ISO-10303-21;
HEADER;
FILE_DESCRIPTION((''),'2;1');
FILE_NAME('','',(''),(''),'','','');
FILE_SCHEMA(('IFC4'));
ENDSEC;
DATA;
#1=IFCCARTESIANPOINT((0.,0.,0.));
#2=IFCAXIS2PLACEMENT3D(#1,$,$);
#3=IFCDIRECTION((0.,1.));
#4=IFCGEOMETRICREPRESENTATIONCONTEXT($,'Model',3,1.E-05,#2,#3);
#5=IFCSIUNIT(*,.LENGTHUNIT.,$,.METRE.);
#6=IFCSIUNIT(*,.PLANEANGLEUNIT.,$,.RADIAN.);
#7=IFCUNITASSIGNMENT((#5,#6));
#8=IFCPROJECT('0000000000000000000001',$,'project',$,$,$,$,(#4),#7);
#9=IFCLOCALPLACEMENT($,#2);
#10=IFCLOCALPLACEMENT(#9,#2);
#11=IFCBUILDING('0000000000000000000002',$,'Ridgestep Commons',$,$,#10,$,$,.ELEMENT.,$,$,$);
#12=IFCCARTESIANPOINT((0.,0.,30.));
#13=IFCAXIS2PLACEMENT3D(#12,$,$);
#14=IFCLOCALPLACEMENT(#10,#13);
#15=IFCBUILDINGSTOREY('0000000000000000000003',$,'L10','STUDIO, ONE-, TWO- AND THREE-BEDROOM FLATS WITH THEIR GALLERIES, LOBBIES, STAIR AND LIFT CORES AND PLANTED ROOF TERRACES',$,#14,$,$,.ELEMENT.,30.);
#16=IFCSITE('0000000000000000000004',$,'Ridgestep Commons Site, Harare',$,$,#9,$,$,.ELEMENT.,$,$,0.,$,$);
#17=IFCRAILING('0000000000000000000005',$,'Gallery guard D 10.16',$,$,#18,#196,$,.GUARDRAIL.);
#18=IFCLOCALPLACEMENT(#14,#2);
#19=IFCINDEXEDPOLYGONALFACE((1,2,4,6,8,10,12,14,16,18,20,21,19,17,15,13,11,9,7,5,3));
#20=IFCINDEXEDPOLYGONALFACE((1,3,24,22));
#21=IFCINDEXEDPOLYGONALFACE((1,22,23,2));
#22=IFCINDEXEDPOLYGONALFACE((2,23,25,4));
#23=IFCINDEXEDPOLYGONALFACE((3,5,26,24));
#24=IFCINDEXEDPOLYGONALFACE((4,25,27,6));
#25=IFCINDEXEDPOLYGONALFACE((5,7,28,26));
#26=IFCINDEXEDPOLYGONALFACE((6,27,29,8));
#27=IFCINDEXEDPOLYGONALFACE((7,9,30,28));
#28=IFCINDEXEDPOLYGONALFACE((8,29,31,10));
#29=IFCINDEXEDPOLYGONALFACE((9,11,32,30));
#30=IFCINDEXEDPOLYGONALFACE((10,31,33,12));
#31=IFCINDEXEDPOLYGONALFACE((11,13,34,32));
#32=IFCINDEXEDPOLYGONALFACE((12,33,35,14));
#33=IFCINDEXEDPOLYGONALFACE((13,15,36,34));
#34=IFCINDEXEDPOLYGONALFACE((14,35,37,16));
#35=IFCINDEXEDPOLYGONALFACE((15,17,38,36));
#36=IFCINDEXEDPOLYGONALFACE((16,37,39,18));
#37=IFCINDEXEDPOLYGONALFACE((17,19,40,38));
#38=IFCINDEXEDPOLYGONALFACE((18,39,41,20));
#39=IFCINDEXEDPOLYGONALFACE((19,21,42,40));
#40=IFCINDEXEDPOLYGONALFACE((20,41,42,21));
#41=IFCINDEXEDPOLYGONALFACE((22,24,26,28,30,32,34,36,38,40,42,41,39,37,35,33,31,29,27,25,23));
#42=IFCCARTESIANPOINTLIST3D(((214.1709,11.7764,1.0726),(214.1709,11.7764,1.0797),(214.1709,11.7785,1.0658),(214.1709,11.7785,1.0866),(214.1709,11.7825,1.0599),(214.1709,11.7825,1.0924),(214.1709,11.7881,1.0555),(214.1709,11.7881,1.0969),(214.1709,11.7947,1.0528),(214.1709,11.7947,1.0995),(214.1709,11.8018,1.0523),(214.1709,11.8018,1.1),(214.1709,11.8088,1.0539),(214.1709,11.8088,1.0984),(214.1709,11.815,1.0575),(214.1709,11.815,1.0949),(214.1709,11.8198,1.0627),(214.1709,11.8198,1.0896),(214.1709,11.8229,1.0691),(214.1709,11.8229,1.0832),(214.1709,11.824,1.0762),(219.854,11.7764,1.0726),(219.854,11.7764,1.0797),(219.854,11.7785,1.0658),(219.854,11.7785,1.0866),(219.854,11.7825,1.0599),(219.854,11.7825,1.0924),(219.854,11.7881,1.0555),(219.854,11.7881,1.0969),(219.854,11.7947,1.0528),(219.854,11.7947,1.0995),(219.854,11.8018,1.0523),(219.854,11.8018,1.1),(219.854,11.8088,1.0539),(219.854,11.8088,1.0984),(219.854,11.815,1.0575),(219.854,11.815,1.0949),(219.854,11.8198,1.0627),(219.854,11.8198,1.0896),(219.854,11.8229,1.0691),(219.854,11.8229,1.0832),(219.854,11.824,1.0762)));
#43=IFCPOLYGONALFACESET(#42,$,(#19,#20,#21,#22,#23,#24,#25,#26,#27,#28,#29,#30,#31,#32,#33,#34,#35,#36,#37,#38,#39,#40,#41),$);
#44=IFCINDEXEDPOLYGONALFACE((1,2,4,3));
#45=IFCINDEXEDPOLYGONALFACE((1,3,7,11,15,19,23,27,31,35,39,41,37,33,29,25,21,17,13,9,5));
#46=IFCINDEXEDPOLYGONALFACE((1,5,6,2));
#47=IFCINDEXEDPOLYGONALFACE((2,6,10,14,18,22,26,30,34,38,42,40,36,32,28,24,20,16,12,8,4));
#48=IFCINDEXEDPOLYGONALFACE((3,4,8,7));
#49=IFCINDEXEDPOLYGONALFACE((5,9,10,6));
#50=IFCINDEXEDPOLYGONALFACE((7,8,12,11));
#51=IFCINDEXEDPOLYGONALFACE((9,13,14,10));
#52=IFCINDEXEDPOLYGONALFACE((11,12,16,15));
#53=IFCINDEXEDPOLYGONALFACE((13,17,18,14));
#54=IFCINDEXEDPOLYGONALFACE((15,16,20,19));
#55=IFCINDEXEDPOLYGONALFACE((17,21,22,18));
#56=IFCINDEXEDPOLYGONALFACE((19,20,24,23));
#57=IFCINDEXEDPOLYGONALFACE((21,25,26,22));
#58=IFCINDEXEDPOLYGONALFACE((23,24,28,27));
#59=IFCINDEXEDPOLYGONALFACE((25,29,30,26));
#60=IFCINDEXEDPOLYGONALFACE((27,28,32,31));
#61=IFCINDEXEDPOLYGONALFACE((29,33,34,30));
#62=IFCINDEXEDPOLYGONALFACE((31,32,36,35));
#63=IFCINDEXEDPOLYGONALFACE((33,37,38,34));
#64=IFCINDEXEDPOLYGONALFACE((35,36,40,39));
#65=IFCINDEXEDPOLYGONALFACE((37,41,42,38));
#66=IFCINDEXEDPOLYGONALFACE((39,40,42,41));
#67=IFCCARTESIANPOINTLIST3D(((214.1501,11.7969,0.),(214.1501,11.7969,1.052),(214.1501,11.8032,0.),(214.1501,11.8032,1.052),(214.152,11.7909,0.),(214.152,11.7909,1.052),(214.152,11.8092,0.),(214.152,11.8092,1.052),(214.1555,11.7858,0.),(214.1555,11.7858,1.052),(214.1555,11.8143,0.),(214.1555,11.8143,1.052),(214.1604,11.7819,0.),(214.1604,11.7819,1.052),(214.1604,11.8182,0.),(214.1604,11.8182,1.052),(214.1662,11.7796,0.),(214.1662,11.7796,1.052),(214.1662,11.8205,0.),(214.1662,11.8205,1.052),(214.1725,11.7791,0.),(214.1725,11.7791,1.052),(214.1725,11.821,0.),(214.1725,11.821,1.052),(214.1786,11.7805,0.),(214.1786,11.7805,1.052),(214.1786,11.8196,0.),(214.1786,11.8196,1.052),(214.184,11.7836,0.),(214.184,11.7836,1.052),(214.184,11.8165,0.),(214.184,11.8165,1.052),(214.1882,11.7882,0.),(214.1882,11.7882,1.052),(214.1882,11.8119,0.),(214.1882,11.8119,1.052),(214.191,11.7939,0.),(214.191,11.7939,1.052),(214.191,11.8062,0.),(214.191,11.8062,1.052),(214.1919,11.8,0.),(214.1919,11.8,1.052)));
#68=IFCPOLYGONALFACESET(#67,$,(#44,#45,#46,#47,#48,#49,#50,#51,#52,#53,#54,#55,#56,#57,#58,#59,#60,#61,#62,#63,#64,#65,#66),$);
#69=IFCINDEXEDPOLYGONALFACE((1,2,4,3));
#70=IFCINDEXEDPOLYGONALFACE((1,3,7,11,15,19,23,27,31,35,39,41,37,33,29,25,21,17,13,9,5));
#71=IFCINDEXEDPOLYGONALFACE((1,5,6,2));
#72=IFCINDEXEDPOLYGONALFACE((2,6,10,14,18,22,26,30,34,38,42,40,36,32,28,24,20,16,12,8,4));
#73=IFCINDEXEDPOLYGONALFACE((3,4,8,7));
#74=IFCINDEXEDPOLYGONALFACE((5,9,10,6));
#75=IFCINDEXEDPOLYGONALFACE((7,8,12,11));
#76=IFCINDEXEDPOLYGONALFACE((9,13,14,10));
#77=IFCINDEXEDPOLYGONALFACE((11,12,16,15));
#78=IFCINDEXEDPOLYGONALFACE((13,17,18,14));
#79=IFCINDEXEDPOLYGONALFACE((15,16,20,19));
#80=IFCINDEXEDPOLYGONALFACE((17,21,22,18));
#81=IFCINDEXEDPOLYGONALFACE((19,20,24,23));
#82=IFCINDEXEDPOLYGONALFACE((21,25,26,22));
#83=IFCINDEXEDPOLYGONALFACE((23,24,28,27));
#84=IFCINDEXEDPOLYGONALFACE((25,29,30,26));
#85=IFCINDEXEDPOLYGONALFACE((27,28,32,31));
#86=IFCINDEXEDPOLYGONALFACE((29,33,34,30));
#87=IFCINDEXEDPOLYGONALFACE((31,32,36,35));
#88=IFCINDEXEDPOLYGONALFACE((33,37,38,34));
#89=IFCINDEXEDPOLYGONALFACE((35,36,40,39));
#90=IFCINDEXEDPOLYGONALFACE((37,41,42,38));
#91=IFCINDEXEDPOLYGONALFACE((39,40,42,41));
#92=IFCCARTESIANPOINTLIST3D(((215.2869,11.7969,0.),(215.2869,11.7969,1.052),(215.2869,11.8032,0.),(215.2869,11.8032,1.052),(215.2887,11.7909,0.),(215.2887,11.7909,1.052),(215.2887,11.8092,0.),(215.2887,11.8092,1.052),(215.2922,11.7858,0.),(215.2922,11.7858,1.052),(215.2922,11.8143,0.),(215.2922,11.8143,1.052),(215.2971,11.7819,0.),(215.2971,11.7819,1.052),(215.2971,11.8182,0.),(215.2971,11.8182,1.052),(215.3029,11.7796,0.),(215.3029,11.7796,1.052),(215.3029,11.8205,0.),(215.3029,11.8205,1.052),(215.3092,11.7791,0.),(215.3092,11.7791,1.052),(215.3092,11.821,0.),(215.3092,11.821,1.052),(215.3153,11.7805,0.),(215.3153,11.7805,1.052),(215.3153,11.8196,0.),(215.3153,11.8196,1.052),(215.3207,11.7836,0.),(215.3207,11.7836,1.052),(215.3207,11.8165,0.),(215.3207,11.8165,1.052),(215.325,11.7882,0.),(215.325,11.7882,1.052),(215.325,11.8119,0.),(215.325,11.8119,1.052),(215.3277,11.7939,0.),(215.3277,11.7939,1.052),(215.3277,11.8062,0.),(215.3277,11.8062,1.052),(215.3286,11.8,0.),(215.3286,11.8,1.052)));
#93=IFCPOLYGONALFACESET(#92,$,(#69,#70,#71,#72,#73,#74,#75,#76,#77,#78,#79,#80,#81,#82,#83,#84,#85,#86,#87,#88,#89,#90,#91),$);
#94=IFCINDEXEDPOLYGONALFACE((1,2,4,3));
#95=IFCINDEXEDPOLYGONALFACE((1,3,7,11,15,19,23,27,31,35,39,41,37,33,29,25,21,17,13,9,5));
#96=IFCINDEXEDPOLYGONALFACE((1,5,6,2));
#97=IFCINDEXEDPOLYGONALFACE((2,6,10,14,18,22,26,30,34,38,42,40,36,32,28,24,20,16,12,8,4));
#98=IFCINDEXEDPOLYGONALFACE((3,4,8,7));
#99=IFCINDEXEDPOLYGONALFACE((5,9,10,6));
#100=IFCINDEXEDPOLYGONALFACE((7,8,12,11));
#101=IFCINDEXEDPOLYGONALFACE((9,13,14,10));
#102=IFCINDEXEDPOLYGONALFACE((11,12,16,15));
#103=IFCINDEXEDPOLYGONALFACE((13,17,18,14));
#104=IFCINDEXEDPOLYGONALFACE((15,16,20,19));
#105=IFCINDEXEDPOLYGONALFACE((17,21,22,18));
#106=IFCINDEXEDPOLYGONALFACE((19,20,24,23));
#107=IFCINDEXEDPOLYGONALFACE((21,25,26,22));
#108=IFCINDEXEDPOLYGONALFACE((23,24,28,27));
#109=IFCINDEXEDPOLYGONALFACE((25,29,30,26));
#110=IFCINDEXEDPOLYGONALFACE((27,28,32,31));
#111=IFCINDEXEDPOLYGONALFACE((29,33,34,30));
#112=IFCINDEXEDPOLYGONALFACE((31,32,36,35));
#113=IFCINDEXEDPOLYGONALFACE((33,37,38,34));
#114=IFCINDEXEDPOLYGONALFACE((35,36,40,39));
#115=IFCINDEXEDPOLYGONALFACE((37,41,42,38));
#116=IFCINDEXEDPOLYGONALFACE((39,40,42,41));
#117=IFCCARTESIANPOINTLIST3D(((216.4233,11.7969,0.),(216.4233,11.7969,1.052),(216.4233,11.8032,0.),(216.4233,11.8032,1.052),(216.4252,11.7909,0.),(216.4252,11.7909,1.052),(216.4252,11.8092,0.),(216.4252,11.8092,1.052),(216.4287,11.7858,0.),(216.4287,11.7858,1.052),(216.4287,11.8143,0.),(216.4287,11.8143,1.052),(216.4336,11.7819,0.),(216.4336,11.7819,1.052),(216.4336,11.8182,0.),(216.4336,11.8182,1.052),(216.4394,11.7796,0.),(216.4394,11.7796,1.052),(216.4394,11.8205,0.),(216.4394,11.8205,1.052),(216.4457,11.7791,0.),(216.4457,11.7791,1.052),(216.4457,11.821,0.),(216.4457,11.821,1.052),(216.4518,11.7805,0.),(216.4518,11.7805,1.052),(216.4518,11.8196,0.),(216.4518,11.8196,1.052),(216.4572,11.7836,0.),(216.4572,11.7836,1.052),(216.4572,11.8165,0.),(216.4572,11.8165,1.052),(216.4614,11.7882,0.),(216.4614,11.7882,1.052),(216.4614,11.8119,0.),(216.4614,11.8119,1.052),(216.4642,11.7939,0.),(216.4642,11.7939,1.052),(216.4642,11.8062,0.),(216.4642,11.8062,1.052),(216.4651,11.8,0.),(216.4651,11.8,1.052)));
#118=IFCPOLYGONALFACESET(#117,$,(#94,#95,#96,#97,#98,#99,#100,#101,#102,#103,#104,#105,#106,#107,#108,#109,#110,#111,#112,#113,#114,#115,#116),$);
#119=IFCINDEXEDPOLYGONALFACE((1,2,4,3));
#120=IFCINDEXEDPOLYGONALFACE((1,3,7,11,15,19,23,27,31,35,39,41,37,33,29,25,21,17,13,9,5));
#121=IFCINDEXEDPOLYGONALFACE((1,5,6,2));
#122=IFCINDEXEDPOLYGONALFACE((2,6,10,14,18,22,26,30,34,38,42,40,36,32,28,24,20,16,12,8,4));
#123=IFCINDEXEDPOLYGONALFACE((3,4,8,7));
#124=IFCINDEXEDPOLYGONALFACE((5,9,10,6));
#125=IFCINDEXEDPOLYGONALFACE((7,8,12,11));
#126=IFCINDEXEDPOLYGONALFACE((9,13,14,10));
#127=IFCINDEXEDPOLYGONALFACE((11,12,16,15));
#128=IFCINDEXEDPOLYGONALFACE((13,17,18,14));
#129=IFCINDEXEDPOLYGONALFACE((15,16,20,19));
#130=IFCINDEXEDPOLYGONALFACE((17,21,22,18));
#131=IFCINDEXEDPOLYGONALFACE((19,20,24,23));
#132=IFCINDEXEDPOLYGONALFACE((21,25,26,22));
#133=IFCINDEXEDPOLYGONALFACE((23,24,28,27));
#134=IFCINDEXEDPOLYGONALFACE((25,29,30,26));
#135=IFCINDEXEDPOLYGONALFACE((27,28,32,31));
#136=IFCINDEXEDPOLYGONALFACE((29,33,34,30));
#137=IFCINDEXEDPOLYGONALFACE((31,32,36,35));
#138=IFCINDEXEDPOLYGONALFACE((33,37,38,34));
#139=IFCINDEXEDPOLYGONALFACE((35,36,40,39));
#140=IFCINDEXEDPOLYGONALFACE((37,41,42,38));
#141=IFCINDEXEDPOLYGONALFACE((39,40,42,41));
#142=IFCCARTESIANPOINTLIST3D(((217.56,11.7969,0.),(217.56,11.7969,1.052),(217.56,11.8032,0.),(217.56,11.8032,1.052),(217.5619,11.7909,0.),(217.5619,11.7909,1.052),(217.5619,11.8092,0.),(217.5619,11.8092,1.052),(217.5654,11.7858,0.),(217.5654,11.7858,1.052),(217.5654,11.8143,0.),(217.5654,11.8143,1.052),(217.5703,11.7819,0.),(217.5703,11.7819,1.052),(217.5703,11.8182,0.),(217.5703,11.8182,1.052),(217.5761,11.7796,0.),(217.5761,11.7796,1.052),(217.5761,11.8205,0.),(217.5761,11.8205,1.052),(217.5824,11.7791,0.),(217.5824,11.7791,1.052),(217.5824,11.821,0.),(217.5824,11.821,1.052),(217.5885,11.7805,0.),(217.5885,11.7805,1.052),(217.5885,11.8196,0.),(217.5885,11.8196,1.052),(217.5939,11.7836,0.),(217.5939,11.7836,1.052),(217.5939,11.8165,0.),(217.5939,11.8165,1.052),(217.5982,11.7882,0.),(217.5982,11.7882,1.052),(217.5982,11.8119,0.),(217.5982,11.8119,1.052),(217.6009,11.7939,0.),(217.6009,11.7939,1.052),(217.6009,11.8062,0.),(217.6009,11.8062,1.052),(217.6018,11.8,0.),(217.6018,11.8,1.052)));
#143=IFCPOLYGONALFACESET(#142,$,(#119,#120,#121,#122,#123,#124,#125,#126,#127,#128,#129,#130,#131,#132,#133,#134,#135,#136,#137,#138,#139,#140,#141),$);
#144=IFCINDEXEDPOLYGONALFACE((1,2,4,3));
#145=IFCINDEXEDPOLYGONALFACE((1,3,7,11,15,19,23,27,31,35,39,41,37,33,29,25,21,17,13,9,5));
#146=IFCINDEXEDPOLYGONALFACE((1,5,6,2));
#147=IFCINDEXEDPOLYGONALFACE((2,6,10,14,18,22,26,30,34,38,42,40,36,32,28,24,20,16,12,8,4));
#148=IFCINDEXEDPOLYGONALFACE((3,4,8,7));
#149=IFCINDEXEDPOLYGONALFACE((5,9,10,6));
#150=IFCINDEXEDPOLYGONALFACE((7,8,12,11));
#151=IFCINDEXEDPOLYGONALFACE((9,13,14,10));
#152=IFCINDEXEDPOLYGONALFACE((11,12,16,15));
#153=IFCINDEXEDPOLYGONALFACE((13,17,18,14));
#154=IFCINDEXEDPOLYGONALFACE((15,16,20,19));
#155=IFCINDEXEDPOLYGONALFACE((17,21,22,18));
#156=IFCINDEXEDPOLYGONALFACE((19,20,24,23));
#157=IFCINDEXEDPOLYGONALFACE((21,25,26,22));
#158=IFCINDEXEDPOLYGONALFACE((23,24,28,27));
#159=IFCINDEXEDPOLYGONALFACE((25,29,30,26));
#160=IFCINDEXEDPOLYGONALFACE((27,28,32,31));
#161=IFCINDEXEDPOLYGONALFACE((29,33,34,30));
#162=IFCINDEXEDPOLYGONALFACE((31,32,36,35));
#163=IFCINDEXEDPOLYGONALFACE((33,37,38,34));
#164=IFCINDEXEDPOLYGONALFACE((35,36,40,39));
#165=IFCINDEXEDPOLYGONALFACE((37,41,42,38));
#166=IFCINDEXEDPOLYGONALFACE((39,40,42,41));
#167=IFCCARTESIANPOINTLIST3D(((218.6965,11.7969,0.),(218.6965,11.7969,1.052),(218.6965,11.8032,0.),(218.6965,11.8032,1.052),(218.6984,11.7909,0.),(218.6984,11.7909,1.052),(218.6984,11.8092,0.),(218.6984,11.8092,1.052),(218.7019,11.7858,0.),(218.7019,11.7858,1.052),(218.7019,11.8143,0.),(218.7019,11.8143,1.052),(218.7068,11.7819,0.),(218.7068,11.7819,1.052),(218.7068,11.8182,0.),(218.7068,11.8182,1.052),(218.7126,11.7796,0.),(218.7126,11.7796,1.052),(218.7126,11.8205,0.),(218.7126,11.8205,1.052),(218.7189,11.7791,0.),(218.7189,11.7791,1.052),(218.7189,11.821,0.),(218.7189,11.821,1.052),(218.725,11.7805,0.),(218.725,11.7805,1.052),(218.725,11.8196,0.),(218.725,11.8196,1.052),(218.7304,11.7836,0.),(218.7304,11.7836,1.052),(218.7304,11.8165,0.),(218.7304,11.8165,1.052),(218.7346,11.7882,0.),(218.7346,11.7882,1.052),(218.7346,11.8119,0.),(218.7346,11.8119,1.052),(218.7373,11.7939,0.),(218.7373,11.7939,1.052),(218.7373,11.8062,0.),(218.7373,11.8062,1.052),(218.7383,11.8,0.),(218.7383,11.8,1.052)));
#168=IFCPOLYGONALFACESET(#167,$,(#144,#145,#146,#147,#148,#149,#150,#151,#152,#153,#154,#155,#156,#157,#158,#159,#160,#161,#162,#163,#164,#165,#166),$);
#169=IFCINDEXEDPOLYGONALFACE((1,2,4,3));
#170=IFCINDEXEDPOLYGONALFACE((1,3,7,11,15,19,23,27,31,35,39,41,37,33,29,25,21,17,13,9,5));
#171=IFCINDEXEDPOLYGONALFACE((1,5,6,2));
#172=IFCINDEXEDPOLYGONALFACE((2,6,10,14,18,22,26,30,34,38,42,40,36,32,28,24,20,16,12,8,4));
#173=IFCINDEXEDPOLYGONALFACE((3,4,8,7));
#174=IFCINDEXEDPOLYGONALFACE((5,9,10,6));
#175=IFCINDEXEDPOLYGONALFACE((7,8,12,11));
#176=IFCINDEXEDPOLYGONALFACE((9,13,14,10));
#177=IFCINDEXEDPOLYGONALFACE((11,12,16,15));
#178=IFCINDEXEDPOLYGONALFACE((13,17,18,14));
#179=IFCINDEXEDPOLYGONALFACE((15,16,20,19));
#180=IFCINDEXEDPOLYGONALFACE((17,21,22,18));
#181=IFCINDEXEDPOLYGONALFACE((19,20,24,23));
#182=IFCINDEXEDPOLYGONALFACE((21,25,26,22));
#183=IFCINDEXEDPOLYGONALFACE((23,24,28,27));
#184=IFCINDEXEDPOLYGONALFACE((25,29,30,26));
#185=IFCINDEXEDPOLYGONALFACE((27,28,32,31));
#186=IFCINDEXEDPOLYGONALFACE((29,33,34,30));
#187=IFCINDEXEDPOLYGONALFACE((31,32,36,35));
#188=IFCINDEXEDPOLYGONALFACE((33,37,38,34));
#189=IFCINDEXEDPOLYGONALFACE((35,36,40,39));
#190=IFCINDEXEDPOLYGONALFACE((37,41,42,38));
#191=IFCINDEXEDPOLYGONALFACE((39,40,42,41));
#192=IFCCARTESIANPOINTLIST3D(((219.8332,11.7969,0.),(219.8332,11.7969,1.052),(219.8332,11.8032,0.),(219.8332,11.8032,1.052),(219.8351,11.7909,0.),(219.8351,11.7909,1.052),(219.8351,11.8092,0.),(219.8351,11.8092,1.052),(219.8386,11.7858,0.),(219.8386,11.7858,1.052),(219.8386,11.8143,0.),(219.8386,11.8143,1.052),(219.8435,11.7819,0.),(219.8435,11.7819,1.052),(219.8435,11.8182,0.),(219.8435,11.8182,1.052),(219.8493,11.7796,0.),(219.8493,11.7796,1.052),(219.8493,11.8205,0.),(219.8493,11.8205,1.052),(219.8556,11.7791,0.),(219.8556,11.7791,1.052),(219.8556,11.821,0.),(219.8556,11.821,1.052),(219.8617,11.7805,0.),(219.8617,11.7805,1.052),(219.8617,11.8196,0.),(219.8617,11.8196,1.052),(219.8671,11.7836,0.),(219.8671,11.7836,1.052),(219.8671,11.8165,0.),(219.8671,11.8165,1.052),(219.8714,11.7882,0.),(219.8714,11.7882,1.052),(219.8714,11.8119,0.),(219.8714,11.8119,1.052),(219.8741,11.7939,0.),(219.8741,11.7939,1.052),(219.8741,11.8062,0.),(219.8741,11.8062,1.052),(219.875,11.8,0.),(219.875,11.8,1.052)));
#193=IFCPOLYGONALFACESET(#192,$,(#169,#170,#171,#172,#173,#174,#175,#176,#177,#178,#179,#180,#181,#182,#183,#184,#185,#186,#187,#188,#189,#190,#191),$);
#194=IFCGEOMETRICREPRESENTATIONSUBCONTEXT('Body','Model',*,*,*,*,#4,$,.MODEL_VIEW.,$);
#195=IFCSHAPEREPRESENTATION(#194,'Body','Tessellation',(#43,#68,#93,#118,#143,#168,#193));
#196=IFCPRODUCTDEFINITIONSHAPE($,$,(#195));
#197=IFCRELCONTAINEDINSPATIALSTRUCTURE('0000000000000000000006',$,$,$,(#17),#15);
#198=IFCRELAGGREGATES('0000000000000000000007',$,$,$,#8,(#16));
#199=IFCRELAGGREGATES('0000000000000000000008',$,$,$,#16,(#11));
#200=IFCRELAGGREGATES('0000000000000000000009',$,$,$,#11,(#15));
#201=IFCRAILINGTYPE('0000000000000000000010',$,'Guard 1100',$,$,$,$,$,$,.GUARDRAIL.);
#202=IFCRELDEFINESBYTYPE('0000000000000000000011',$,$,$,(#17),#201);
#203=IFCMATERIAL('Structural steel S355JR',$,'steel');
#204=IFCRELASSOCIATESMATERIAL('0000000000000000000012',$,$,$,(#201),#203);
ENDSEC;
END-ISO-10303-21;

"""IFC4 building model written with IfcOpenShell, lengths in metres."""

from ifc_helpers import new_model, si_unit, direction, frame, origin, origin_2d, place, context, subcontext, project, spatial, circle, extrude, material, type_object, element, save


model = new_model("IFC4")

# Units and contexts
model_context = context("Model", 3, precision=1e-05, world=origin(), true_north=direction((0.0, 1.0)))
body_context = subcontext(model_context, "Body", "Model", "MODEL_VIEW")
ifc_project = project(units=[si_unit("LENGTHUNIT", "METRE"), si_unit("PLANEANGLEUNIT", "RADIAN")], contexts=[model_context])

# Site, building, storey
site_placement = place(None, origin())
site = spatial("IfcSite", under=ifc_project, at=site_placement, Name="Ridgestep Commons Site, Harare", CompositionType="ELEMENT", RefElevation=0.0)
building_placement = place(site_placement, origin())
building = spatial("IfcBuilding", under=site, at=building_placement, Name="Ridgestep Commons", CompositionType="ELEMENT")
storey_placement = place(building_placement, frame((0.0, 0.0, 30.0)))
storey = spatial("IfcBuildingStorey", under=building, at=storey_placement, Name="L10", Description="STUDIO, ONE-, TWO- AND THREE-BEDROOM FLATS WITH THEIR GALLERIES, LOBBIES, STAIR AND LIFT CORES AND PLANTED ROOF TERRACES", CompositionType="ELEMENT", Elevation=30.0)

# Railing
ifc_material_1 = material(Name="Structural steel S355JR", Category="steel")
railing_type_1 = type_object("IfcRailingType", Name="Guard 1100", PredefinedType="GUARDRAIL", material=ifc_material_1)
railing_1_placement = place(storey_placement, frame((214.1709, 11.8, 0.0)))
element("IfcRailing", 1, at=railing_1_placement, inside=storey, type_object=railing_type_1, Name="Gallery guard D 10.16", PredefinedType="GUARDRAIL", context=body_context, shape_type="SweptSolid", body=[
    extrude(circle(Radius=0.0239, at=origin_2d()), frame((0.0, 0.0, 1.0762), z_axis=(1.0, 0.0, 0.0), x_axis=(0.0, 1.0, 0.0)), (0.0, 0.0, 1.0), 5.6831),
    extrude(circle(Radius=0.021, at=origin_2d()), origin(), (0.0, 0.0, 1.0), 1.052),
    extrude(circle(Radius=0.021, at=origin_2d()), frame((1.1367, 0.0, 0.0)), (0.0, 0.0, 1.0), 1.052),
    extrude(circle(Radius=0.021, at=origin_2d()), frame((2.2732, 0.0, 0.0)), (0.0, 0.0, 1.0), 1.052),
    extrude(circle(Radius=0.021, at=origin_2d()), frame((3.4099, 0.0, 0.0)), (0.0, 0.0, 1.0), 1.052),
    extrude(circle(Radius=0.021, at=origin_2d()), frame((4.5464, 0.0, 0.0)), (0.0, 0.0, 1.0), 1.052),
    extrude(circle(Radius=0.021, at=origin_2d()), frame((5.6831, 0.0, 0.0)), (0.0, 0.0, 1.0), 1.052),
])

save(model, "model.ifc")
